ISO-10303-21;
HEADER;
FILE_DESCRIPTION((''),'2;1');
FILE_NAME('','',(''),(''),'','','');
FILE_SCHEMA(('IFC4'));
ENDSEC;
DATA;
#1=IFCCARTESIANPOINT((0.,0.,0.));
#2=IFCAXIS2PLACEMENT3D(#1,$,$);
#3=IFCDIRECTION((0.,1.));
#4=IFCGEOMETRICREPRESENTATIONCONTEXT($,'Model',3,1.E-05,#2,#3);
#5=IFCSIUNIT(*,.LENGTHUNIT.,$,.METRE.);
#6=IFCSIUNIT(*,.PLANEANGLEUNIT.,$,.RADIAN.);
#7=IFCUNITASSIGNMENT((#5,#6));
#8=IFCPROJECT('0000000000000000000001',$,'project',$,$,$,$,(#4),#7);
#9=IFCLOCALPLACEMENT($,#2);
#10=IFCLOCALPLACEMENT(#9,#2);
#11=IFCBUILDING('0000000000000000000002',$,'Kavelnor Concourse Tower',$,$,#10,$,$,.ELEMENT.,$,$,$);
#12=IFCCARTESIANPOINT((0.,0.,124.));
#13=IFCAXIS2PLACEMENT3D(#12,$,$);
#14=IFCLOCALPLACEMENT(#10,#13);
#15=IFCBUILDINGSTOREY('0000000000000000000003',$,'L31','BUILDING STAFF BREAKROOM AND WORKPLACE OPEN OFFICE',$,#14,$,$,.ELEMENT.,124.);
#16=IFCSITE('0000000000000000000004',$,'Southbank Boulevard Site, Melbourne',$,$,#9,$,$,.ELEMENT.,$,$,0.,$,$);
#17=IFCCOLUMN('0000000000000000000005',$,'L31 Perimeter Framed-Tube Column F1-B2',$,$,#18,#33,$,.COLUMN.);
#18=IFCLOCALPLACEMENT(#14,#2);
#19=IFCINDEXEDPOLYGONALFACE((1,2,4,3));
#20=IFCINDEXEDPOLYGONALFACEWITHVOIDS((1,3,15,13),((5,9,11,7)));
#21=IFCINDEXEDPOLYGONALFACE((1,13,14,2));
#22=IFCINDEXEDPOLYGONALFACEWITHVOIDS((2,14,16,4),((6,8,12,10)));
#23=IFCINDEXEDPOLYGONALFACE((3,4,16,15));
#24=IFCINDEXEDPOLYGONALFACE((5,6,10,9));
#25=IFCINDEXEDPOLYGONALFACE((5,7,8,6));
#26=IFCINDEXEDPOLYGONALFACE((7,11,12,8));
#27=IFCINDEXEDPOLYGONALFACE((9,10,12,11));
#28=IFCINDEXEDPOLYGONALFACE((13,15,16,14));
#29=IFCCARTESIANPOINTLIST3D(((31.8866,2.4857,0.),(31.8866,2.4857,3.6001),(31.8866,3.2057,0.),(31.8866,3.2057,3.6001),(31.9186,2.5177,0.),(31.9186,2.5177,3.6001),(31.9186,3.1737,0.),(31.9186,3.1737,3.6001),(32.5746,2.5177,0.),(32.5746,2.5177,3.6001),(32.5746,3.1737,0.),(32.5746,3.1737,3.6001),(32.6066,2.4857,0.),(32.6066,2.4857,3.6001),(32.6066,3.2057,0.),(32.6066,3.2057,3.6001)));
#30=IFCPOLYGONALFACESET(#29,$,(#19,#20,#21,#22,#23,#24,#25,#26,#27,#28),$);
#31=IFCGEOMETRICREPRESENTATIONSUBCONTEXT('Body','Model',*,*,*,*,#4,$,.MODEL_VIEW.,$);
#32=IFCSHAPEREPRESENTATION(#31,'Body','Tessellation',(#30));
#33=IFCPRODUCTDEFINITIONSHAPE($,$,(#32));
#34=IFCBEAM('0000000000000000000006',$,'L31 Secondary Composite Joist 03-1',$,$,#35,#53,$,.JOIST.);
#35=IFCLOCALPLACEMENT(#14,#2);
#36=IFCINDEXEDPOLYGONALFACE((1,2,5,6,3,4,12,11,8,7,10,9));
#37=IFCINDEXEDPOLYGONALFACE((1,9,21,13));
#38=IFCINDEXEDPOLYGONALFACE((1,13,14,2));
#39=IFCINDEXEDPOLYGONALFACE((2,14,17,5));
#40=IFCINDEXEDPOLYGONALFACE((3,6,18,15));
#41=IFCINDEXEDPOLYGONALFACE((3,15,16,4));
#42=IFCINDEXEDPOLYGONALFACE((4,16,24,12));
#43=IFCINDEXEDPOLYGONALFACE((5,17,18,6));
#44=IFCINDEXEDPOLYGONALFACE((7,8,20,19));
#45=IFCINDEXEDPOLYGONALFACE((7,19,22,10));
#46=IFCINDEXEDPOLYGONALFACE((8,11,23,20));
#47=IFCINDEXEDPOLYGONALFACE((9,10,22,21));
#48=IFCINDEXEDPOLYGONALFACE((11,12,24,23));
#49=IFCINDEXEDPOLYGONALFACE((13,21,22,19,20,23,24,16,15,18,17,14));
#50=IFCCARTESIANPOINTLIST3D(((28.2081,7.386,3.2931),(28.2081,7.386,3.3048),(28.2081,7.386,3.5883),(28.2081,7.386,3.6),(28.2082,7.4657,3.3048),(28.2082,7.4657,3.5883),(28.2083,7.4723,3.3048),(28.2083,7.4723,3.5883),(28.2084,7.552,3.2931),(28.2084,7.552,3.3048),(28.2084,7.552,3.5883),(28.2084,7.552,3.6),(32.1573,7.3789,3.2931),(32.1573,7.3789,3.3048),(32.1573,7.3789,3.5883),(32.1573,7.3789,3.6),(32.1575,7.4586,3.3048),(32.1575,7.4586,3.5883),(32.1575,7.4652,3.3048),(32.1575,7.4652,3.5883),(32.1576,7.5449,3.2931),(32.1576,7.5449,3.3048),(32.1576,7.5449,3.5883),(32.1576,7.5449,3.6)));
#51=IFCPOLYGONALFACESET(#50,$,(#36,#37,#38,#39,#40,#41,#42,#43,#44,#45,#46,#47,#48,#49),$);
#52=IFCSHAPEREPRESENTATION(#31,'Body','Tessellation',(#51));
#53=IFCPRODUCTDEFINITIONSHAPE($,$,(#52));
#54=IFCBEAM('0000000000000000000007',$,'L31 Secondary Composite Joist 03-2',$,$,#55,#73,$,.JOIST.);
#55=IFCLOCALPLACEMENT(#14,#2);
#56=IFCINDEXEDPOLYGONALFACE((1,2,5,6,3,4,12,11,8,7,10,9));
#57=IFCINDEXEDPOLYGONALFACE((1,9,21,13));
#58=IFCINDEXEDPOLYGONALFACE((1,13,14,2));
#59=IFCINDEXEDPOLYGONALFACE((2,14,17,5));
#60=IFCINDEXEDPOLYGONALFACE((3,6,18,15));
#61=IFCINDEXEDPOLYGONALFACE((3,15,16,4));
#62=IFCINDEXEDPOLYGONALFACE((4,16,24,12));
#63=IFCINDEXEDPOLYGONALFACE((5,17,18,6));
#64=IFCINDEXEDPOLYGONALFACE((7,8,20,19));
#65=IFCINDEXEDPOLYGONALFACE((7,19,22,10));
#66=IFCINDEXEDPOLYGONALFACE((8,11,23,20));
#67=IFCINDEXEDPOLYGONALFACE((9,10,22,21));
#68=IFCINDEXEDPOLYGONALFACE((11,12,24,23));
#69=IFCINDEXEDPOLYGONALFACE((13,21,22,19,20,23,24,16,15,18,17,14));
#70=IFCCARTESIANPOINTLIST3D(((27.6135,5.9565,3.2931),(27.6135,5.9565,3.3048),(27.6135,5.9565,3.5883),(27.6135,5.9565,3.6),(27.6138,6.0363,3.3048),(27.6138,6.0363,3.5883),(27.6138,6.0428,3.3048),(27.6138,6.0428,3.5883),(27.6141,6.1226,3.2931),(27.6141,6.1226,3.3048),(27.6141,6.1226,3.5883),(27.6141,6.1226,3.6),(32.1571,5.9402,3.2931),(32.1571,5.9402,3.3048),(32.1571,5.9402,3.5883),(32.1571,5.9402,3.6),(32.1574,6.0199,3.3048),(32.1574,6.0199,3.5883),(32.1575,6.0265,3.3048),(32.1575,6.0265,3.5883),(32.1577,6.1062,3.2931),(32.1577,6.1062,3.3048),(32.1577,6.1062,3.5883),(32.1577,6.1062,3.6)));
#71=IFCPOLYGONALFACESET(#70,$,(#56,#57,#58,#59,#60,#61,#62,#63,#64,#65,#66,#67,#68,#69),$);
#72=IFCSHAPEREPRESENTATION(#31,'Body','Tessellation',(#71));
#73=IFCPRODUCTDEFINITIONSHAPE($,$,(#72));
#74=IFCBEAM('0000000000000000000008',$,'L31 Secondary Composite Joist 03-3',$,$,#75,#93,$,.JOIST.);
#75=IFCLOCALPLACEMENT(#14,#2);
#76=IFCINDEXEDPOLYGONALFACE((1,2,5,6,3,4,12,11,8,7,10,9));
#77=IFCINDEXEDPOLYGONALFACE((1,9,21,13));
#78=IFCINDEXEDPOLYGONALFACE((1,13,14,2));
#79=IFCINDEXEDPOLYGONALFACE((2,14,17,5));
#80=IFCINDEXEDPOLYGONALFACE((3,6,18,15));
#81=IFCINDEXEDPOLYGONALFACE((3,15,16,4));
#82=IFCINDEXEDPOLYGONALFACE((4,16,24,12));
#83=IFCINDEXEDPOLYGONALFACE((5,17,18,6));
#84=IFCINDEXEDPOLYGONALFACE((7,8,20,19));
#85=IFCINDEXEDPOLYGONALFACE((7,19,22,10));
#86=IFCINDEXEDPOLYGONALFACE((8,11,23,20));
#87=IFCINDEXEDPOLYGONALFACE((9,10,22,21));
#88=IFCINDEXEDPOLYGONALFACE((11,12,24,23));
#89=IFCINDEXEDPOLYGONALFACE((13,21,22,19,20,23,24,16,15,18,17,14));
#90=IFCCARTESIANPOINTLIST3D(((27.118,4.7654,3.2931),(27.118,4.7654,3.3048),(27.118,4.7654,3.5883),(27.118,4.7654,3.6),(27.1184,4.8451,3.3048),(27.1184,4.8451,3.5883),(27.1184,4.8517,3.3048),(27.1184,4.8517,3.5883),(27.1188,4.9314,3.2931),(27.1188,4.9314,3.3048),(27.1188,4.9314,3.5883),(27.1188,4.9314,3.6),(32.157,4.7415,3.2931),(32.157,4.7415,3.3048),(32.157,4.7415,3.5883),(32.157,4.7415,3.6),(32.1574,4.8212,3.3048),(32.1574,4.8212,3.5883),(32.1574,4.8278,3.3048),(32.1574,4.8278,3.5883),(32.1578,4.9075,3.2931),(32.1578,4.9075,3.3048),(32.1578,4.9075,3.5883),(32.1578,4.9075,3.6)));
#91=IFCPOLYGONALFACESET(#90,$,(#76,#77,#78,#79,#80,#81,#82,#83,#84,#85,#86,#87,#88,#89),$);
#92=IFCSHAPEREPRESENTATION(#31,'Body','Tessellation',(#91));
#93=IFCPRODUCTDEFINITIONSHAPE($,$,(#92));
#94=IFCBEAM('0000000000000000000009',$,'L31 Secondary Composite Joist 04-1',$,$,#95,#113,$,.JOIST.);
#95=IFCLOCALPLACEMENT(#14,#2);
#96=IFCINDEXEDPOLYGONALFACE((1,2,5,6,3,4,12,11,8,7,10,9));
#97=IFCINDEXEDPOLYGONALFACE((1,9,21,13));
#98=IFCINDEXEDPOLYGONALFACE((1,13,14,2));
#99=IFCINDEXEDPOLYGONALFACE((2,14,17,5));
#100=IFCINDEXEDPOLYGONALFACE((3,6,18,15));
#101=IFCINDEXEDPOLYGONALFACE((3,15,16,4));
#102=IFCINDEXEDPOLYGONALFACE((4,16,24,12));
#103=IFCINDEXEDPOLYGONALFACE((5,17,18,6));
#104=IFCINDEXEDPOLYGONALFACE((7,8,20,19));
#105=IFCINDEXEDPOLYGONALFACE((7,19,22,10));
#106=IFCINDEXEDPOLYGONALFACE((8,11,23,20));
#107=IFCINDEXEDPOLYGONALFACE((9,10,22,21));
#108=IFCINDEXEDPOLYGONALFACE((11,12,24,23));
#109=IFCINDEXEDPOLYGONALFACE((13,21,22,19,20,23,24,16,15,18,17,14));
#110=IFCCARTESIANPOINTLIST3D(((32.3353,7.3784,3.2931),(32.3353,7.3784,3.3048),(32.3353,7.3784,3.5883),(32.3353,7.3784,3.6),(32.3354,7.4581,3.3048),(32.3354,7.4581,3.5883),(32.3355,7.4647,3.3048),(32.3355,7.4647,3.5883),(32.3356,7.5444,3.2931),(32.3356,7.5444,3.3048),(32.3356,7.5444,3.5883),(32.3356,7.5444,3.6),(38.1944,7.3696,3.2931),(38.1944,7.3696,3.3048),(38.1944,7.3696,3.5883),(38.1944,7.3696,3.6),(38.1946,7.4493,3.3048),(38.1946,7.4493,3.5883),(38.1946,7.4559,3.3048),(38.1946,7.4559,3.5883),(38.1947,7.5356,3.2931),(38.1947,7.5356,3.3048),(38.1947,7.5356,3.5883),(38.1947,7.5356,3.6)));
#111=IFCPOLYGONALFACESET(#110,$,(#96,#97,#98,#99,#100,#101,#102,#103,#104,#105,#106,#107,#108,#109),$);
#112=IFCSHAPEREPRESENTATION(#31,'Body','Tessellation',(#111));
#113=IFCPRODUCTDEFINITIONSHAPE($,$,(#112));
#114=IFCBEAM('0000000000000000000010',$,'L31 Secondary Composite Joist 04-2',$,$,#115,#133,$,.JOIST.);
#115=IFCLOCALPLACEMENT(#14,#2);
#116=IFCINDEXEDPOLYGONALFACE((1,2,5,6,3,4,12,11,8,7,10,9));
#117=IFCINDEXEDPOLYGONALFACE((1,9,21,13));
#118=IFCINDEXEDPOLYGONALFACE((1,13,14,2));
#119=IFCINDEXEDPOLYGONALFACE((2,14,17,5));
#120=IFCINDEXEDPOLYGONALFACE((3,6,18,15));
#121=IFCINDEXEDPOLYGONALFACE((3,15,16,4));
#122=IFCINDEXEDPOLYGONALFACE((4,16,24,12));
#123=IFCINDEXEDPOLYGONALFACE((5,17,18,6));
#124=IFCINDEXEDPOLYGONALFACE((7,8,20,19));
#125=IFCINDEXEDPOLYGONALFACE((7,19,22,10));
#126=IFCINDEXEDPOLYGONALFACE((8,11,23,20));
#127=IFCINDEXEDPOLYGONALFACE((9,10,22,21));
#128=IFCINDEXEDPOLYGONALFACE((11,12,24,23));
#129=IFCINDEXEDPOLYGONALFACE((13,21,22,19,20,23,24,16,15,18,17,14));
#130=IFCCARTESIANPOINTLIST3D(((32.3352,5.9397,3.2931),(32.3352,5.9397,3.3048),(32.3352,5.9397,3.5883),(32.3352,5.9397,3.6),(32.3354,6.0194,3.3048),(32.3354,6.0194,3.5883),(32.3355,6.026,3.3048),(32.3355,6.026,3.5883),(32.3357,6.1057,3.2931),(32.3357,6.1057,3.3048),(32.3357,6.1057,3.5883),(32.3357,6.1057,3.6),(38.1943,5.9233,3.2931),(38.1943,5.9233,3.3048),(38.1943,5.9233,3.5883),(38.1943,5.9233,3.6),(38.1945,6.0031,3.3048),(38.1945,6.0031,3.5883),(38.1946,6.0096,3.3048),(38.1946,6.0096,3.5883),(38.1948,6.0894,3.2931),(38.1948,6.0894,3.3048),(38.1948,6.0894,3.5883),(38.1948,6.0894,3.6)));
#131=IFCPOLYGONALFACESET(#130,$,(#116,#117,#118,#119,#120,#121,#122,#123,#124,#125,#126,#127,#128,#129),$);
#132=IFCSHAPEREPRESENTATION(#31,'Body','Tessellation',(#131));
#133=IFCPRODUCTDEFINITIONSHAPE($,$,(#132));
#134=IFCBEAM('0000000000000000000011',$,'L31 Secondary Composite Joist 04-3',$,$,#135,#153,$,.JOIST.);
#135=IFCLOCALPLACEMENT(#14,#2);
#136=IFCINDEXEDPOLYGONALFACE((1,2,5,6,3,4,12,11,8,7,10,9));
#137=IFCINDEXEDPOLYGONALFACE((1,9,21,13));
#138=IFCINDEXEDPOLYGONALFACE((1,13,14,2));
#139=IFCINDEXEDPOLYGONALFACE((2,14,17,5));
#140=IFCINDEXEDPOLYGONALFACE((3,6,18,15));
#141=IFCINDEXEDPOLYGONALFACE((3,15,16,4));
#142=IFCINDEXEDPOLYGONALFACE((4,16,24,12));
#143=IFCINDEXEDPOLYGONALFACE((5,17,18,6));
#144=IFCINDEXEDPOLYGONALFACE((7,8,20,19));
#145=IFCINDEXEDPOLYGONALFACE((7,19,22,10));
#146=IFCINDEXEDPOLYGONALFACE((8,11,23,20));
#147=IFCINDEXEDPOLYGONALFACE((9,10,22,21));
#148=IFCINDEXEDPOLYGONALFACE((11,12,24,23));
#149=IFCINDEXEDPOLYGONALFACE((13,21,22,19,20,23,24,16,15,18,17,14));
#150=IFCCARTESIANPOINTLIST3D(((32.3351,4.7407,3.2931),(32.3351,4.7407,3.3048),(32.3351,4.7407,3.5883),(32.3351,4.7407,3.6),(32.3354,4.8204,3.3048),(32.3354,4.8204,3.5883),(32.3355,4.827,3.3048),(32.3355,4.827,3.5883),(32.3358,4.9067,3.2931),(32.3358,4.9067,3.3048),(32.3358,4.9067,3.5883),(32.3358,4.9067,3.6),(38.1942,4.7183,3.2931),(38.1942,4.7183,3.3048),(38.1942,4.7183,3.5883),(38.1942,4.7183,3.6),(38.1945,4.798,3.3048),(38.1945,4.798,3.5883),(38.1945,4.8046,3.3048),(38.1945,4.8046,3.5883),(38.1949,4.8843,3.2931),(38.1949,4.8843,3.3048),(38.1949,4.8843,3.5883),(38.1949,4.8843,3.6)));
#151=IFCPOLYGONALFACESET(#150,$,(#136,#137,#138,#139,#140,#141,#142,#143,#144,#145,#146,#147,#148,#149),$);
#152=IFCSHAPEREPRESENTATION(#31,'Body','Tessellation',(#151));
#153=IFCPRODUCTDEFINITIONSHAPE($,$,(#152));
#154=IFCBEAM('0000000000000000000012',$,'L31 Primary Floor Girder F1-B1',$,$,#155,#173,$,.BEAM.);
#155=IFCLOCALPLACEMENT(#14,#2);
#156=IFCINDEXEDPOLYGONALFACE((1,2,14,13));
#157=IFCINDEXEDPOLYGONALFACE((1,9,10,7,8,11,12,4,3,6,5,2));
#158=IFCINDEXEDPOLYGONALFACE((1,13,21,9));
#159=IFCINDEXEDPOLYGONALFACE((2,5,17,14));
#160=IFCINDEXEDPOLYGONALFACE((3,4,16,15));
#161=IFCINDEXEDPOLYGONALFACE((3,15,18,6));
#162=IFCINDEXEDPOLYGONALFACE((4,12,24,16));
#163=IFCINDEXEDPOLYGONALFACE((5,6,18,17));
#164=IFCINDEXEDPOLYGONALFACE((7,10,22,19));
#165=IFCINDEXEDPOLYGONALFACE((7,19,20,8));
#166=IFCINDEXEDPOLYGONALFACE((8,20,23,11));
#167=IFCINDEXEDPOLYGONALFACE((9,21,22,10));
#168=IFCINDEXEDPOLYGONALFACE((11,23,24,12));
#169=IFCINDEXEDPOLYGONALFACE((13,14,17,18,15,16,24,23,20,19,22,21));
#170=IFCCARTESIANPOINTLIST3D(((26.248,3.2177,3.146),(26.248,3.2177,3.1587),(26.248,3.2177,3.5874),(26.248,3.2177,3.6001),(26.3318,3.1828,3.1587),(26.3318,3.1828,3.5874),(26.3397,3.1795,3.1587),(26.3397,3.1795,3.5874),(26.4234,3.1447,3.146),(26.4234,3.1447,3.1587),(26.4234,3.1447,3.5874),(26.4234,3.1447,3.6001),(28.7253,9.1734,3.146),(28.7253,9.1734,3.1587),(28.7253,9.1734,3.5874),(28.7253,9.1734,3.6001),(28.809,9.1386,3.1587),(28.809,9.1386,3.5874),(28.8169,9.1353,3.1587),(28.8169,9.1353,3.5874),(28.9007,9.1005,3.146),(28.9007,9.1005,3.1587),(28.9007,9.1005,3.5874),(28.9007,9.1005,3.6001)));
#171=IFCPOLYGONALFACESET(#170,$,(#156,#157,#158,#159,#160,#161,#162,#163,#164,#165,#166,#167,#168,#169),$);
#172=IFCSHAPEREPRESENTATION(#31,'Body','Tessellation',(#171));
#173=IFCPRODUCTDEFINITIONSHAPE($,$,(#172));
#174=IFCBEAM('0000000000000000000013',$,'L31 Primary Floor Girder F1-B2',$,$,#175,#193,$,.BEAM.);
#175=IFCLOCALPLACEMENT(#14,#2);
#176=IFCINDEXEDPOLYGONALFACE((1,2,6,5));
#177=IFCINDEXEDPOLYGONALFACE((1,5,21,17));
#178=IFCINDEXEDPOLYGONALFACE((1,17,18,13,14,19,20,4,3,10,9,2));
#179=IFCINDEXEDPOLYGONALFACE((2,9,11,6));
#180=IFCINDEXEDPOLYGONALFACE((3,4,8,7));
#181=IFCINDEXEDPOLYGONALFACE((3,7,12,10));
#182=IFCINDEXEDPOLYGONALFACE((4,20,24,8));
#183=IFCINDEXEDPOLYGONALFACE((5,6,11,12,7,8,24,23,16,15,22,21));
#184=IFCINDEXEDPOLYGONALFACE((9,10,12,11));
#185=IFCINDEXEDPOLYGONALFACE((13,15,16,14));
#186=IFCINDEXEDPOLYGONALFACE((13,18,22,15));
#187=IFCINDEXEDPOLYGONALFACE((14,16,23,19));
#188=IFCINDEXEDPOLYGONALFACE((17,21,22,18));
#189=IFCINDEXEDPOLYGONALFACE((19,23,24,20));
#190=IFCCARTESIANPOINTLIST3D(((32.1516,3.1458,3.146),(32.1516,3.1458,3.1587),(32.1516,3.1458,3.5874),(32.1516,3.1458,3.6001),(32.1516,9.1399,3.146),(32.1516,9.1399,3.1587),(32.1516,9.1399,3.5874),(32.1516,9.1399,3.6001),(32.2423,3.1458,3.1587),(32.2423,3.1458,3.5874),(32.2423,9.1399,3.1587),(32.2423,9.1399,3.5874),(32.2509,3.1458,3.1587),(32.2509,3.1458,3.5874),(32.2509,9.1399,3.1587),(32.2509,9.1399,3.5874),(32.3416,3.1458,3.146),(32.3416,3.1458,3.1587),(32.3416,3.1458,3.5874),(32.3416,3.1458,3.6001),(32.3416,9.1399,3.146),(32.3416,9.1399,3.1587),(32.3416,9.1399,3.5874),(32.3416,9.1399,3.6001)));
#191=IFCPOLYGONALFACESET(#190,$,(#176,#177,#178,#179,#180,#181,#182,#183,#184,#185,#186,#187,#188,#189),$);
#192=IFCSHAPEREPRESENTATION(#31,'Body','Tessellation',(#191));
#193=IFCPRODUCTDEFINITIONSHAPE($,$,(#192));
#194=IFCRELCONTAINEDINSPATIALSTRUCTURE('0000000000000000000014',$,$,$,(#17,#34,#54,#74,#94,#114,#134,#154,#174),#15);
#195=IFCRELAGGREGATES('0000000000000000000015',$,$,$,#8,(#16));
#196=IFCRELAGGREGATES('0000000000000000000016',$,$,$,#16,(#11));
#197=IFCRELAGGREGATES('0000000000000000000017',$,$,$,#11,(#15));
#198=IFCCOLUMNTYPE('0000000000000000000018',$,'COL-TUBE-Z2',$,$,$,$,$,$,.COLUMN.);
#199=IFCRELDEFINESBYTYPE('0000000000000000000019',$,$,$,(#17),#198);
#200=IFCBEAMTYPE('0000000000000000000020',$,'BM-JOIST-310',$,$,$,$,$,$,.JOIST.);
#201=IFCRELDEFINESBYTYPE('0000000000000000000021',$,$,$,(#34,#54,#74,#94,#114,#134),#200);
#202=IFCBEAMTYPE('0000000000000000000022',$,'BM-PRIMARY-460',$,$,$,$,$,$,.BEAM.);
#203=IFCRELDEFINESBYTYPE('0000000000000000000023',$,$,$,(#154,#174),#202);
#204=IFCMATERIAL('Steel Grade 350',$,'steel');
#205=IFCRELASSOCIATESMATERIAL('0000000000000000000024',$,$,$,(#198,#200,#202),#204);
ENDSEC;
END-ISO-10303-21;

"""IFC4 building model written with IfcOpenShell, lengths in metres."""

from ifc_helpers import new_model, si_unit, direction, frame, origin, origin_2d, place, context, subcontext, project, spatial, hollow_rectangle, i_section, extrude, material, material_profile, profile_set, type_object, element, save


model = new_model("IFC4")

# Units and contexts
model_context = context("Model", 3, precision=1e-05, world=origin(), true_north=direction((0.0, 1.0)))
body_context = subcontext(model_context, "Body", "Model", "MODEL_VIEW")
ifc_project = project(units=[si_unit("LENGTHUNIT", "METRE"), si_unit("PLANEANGLEUNIT", "RADIAN")], contexts=[model_context])

# Site, building, storey
site_placement = place(None, origin())
site = spatial("IfcSite", under=ifc_project, at=site_placement, Name="Southbank Boulevard Site, Melbourne", CompositionType="ELEMENT", RefElevation=0.0)
building_placement = place(site_placement, origin())
building = spatial("IfcBuilding", under=site, at=building_placement, Name="Kavelnor Concourse Tower", CompositionType="ELEMENT")
storey_placement = place(building_placement, frame((0.0, 0.0, 124.0)))
storey = spatial("IfcBuildingStorey", under=building, at=storey_placement, Name="L31", Description="BUILDING STAFF BREAKROOM AND WORKPLACE OPEN OFFICE", CompositionType="ELEMENT", Elevation=124.0)

# Column
ifc_material_1 = material(Name="Steel Grade 350", Category="steel")
ifc_material_profile_1 = material_profile(ifc_material_1, hollow_rectangle(XDim=0.72, YDim=0.72, WallThickness=0.032, at=origin_2d()), Name="SHS 720x720x32")
ifc_profile_set_1 = profile_set([ifc_material_profile_1], Name="Steel Grade 350")
column_type = type_object("IfcColumnType", Name="COL-TUBE-Z2", PredefinedType="COLUMN", material=ifc_profile_set_1)
column_placement = place(storey_placement, frame((32.2466, 2.8457, 0.0), z_axis=(0.0, 0.0, 1.0), x_axis=(1.0, 0.0, 0.0)))
element("IfcColumn", 1, at=column_placement, inside=storey, type_object=column_type, Name="L31 Perimeter Framed-Tube Column F1-B2", PredefinedType="COLUMN", context=body_context, shape_type="SweptSolid", body=[
    extrude(hollow_rectangle(XDim=0.72, YDim=0.72, WallThickness=0.032, at=origin_2d()), origin(), (0.0, 0.0, 1.0), 3.6001),
])

# Beams
ifc_material_profile_2 = material_profile(ifc_material_1, i_section(OverallWidth=0.166, OverallDepth=0.3069, WebThickness=0.0066, FlangeThickness=0.0117, at=origin_2d()), Name="310UB46")
ifc_profile_set_2 = profile_set([ifc_material_profile_2], Name="Steel Grade 350")
beam_type_1 = type_object("IfcBeamType", Name="BM-JOIST-310", PredefinedType="JOIST", material=ifc_profile_set_2)
beam_1_placement = place(storey_placement, frame((28.2083, 7.469, 3.4465), z_axis=(0.999998, -0.001793, 0.0), x_axis=(0.001793, 0.999998, 0.0)))
element("IfcBeam", 2, at=beam_1_placement, inside=storey, type_object=beam_type_1, Name="L31 Secondary Composite Joist 03-1", PredefinedType="JOIST", context=body_context, shape_type="SweptSolid", body=[
    extrude(i_section(OverallWidth=0.166, OverallDepth=0.3069, WebThickness=0.0066, FlangeThickness=0.0117, at=origin_2d()), origin(), (0.0, 0.0, 1.0), 3.9492),
])
beam_2_placement = place(storey_placement, frame((27.6138, 6.0396, 3.4465), z_axis=(0.999994, -0.0036, 0.0), x_axis=(0.0036, 0.999994, 0.0)))
element("IfcBeam", 3, at=beam_2_placement, inside=storey, type_object=beam_type_1, Name="L31 Secondary Composite Joist 03-2", PredefinedType="JOIST", context=body_context, shape_type="SweptSolid", body=[
    extrude(i_section(OverallWidth=0.166, OverallDepth=0.3069, WebThickness=0.0066, FlangeThickness=0.0117, at=origin_2d()), origin(), (0.0, 0.0, 1.0), 4.5437),
])
beam_3_placement = place(storey_placement, frame((27.1184, 4.8484, 3.4465), z_axis=(0.999989, -0.004748, 0.0), x_axis=(0.004748, 0.999989, 0.0)))
element("IfcBeam", 4, at=beam_3_placement, inside=storey, type_object=beam_type_1, Name="L31 Secondary Composite Joist 03-3", PredefinedType="JOIST", context=body_context, shape_type="SweptSolid", body=[
    extrude(i_section(OverallWidth=0.166, OverallDepth=0.3069, WebThickness=0.0066, FlangeThickness=0.0117, at=origin_2d()), origin(), (0.0, 0.0, 1.0), 5.0391),
])
for number, where, z_axis, x_axis, name in (
    (5, (32.3354, 7.4614, 3.4465), (0.999999, -0.0015, 0.0), (0.0015, 0.999999, 0.0), "L31 Secondary Composite Joist 04-1"),
    (6, (32.3354, 6.0227, 3.4465), (0.999996, -0.002792, 0.0), (0.002792, 0.999996, 0.0), "L31 Secondary Composite Joist 04-2"),
    (7, (32.3354, 4.8237, 3.4465), (0.999993, -0.003833, 0.0), (0.003833, 0.999993, 0.0), "L31 Secondary Composite Joist 04-3"),
):
    element("IfcBeam", number, at=place(storey_placement, frame(where, z_axis=z_axis, x_axis=x_axis)), inside=storey, type_object=beam_type_1, Name=name, PredefinedType="JOIST", context=body_context, shape_type="SweptSolid", body=[
        extrude(i_section(OverallWidth=0.166, OverallDepth=0.3069, WebThickness=0.0066, FlangeThickness=0.0117, at=origin_2d()), origin(), (0.0, 0.0, 1.0), 5.8591),
    ])
ifc_material_profile_3 = material_profile(ifc_material_1, i_section(OverallWidth=0.1899, OverallDepth=0.4541, WebThickness=0.0085, FlangeThickness=0.0127, at=origin_2d()), Name="460UB67")
ifc_profile_set_3 = profile_set([ifc_material_profile_3], Name="Steel Grade 350")
beam_type_2 = type_object("IfcBeamType", Name="BM-PRIMARY-460", PredefinedType="BEAM", material=ifc_profile_set_3)
beam_4_placement = place(storey_placement, frame((28.813, 9.137, 3.373), z_axis=(-0.384048, -0.923313, 0.0), x_axis=(0.923313, -0.384048, 0.0)))
element("IfcBeam", 8, at=beam_4_placement, inside=storey, type_object=beam_type_2, Name="L31 Primary Floor Girder F1-B1", PredefinedType="BEAM", context=body_context, shape_type="SweptSolid", body=[
    extrude(i_section(OverallWidth=0.1899, OverallDepth=0.4541, WebThickness=0.0085, FlangeThickness=0.0127, at=origin_2d()), origin(), (0.0, 0.0, 1.0), 6.4504),
])
beam_5_placement = place(storey_placement, frame((32.2466, 9.1399, 3.373), z_axis=(0.0, -1.0, 0.0), x_axis=(1.0, 0.0, 0.0)))
element("IfcBeam", 9, at=beam_5_placement, inside=storey, type_object=beam_type_2, Name="L31 Primary Floor Girder F1-B2", PredefinedType="BEAM", context=body_context, shape_type="SweptSolid", body=[
    extrude(i_section(OverallWidth=0.1899, OverallDepth=0.4541, WebThickness=0.0085, FlangeThickness=0.0127, at=origin_2d()), origin(), (0.0, 0.0, 1.0), 5.9941),
])

save(model, "model.ifc")
